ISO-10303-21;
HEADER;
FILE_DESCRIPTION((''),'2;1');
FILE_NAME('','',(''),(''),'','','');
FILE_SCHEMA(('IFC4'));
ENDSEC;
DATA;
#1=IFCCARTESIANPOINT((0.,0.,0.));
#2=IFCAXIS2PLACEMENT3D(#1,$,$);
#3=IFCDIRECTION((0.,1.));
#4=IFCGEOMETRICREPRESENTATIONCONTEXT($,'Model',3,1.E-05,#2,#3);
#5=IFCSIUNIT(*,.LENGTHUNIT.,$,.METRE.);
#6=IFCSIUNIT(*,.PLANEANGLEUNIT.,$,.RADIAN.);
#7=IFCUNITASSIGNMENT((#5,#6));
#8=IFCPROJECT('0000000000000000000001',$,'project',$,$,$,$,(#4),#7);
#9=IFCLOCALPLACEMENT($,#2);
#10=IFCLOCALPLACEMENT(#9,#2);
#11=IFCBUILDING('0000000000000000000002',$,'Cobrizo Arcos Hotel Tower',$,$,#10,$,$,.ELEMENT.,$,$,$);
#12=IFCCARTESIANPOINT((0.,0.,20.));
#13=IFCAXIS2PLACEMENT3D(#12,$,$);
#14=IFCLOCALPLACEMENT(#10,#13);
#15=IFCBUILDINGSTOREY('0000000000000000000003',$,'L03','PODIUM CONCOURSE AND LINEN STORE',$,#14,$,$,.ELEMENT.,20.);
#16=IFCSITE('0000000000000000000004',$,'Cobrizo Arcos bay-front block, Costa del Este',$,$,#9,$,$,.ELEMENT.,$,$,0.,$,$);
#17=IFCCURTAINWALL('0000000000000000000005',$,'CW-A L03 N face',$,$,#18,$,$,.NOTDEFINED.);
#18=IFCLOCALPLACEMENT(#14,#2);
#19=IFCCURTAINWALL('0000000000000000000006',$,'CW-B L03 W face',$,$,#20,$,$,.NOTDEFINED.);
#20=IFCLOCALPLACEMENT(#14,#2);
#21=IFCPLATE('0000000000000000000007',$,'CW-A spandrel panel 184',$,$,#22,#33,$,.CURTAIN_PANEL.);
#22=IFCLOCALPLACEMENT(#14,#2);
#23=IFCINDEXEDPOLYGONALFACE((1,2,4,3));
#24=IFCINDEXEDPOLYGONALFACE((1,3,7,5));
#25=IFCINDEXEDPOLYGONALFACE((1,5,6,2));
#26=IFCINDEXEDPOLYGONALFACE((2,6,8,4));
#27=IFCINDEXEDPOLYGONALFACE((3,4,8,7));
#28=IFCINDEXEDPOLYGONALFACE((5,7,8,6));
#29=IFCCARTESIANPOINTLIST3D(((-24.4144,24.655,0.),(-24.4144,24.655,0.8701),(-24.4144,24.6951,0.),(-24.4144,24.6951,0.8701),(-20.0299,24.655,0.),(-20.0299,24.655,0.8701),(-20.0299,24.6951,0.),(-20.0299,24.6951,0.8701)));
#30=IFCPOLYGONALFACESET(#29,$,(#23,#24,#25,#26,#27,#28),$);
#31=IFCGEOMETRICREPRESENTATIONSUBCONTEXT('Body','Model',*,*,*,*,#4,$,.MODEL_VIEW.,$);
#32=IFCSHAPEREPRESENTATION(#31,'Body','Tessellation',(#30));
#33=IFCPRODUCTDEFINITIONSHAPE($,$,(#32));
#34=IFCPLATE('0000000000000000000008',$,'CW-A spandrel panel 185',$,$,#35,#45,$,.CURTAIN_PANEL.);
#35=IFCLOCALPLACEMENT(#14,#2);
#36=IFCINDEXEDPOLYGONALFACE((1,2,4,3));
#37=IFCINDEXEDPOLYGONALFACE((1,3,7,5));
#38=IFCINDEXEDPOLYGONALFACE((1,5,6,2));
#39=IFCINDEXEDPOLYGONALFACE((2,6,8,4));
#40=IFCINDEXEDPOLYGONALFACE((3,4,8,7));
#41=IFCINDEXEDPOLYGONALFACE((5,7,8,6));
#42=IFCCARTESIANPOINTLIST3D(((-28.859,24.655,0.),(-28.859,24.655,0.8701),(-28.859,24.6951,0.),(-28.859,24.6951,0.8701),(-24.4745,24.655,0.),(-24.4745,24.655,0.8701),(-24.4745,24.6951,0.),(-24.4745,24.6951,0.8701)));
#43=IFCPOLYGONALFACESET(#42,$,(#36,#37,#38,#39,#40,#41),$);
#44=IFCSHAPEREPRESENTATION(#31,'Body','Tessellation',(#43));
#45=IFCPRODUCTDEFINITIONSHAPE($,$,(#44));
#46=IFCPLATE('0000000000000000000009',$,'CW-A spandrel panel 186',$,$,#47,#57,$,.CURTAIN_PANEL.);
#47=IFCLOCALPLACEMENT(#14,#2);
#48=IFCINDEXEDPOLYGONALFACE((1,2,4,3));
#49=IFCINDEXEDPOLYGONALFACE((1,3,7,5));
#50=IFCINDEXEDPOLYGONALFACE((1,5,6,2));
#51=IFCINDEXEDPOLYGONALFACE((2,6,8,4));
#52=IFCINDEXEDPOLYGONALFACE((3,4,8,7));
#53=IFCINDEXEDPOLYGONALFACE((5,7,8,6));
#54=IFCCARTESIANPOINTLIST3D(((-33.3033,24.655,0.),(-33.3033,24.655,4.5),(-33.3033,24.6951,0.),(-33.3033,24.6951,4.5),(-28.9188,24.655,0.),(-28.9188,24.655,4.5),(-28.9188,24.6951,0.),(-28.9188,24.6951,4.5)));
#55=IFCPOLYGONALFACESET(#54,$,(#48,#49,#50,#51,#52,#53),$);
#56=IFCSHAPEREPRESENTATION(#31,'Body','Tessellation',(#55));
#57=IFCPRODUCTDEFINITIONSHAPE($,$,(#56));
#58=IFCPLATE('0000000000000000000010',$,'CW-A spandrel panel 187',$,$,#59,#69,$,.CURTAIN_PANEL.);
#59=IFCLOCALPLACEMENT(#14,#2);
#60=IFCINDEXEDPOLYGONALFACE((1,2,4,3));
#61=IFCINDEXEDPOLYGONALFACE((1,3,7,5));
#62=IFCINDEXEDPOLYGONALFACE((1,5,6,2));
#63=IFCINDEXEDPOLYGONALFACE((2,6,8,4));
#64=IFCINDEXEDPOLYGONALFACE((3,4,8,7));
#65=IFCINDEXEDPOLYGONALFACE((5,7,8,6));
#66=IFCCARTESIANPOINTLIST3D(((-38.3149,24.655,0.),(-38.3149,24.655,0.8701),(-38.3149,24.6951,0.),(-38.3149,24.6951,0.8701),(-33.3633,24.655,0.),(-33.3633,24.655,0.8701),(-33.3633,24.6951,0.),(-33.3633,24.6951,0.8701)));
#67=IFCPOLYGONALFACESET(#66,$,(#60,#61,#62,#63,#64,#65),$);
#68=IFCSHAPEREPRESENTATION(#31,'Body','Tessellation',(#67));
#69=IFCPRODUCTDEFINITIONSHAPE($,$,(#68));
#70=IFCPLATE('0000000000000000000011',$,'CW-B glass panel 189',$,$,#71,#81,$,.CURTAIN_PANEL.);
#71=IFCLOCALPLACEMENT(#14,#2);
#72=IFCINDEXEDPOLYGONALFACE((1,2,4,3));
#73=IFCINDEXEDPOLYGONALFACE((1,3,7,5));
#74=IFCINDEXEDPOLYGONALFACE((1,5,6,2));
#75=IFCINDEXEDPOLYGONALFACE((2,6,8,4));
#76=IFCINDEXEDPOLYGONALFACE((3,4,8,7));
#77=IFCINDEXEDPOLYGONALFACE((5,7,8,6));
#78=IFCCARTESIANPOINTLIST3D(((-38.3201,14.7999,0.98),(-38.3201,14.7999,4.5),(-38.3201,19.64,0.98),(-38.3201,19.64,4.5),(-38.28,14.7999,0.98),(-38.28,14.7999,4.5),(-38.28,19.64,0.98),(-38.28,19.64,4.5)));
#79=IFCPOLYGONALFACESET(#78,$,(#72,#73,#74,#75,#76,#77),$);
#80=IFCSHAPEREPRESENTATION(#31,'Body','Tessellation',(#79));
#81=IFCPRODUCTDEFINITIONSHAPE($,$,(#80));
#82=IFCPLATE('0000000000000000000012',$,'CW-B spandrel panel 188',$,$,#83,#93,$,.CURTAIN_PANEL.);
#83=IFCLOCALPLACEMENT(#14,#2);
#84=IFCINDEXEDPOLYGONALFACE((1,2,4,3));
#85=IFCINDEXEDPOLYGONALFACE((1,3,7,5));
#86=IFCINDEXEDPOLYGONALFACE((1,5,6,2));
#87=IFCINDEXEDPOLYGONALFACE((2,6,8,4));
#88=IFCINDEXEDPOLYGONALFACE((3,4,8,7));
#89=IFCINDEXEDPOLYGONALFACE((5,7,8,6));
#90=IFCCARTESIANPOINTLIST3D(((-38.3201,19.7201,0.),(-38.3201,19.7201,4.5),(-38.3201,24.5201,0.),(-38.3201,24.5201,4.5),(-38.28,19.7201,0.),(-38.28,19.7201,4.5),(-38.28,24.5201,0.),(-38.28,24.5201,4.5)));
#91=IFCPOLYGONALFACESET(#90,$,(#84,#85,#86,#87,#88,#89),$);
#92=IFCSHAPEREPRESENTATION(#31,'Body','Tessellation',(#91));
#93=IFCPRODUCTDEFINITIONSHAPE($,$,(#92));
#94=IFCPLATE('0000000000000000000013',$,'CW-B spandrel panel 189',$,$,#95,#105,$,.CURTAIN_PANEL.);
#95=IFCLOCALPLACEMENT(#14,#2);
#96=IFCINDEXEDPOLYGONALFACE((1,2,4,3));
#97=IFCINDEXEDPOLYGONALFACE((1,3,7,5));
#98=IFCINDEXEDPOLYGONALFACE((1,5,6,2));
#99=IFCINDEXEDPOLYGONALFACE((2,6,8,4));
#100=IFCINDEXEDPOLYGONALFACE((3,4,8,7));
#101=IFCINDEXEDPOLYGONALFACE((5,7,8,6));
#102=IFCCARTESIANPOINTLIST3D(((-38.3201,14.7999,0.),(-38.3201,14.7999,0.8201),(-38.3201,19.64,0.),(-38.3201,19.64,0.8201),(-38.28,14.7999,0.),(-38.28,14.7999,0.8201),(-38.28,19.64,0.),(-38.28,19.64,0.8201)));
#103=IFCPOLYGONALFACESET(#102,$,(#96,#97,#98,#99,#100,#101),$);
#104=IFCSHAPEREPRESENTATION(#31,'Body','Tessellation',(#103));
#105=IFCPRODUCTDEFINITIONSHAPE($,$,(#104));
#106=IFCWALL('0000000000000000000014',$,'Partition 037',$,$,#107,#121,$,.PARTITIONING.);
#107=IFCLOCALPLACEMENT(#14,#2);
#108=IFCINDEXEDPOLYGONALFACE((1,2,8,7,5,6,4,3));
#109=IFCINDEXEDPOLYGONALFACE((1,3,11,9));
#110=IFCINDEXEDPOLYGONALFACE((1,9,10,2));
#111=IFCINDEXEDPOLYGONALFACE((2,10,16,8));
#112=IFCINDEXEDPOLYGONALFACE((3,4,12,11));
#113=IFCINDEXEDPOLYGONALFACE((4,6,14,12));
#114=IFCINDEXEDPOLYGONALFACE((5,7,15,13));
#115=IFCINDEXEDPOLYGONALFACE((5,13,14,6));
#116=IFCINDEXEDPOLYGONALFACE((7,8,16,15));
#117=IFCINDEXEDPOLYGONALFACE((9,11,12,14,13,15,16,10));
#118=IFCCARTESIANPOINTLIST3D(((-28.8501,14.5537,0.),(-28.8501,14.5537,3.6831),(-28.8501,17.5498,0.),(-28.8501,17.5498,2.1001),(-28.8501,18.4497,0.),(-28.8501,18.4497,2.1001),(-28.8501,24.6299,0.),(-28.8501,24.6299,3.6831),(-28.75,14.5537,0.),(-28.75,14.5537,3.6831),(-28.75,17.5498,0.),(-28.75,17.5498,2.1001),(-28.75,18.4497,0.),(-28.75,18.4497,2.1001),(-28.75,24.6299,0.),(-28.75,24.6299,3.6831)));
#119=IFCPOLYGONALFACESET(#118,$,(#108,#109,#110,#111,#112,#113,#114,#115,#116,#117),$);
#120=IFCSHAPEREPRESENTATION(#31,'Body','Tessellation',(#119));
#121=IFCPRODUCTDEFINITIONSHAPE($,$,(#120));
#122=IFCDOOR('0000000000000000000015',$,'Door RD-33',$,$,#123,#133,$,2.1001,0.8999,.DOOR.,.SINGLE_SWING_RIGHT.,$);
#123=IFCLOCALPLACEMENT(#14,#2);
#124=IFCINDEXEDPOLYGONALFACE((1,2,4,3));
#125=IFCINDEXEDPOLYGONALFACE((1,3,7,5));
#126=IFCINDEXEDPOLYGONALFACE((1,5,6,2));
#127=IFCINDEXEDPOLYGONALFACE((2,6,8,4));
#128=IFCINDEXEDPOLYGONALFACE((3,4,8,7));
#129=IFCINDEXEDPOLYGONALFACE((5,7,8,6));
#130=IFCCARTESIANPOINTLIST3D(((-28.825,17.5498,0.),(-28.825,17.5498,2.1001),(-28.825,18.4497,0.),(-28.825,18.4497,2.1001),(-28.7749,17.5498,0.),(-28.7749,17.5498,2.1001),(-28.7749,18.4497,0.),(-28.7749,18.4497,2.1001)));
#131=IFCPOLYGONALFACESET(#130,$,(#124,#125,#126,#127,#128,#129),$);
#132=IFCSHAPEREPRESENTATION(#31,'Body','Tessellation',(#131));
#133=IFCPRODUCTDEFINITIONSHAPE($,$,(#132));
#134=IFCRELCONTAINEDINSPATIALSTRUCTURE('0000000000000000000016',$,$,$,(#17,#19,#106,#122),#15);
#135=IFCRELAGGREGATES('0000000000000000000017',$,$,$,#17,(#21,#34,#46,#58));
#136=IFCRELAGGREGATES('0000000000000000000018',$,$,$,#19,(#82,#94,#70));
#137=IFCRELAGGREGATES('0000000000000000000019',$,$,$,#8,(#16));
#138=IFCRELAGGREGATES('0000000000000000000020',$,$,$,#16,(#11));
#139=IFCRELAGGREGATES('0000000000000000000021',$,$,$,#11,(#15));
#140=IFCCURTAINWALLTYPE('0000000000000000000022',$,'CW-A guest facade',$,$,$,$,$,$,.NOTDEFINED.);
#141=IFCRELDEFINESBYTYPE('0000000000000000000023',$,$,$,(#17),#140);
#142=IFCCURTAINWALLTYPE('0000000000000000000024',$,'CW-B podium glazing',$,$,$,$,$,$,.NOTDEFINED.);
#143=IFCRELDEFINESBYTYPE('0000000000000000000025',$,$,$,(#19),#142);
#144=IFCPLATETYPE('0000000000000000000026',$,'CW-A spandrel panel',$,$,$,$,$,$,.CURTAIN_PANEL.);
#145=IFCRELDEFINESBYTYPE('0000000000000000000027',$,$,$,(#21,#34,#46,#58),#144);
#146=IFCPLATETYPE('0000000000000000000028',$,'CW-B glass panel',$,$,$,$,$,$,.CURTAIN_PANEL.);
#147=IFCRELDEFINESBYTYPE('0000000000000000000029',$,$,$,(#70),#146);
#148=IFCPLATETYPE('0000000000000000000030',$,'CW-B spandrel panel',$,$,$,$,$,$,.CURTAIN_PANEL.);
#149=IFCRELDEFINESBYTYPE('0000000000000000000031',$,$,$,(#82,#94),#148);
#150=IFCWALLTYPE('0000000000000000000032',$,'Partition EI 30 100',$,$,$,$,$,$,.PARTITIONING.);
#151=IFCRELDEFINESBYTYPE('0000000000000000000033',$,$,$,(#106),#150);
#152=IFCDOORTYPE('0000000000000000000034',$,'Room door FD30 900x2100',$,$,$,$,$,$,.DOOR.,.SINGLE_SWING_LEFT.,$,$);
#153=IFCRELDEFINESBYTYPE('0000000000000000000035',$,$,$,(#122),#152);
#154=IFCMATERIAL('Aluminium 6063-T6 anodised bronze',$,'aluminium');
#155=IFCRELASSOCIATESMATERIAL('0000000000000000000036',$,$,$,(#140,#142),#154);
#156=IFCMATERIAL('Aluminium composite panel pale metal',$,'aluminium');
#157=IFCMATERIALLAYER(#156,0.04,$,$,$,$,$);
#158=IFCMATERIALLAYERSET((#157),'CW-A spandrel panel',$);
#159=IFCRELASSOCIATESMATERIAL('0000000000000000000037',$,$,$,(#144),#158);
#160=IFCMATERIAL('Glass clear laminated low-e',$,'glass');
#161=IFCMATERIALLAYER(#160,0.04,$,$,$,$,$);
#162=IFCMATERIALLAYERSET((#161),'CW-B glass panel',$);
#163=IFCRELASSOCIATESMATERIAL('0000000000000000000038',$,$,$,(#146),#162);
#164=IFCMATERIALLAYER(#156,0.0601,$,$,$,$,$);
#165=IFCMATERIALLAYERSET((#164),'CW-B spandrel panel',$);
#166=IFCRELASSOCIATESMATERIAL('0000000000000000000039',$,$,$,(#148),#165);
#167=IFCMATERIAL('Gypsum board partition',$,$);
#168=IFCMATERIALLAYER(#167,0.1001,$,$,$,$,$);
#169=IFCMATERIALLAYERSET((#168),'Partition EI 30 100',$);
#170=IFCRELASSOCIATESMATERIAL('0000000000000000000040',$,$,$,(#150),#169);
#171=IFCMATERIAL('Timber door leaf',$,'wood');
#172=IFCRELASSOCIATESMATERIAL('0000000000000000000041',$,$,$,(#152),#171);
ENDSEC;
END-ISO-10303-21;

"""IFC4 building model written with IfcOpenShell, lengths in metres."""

from ifc_helpers import new_model, si_unit, direction, frame, frame_2d, origin, origin_2d, place, context, subcontext, project, spatial, rectangle, extrude, material, layer, layer_set, type_object, element, fill, aggregate, save


model = new_model("IFC4")

# Units and contexts
model_context = context("Model", 3, precision=1e-05, world=origin(), true_north=direction((0.0, 1.0)))
body_context = subcontext(model_context, "Body", "Model", "MODEL_VIEW")
ifc_project = project(units=[si_unit("LENGTHUNIT", "METRE"), si_unit("PLANEANGLEUNIT", "RADIAN")], contexts=[model_context])

# Site, building, storey
site_placement = place(None, origin())
site = spatial("IfcSite", under=ifc_project, at=site_placement, Name="Cobrizo Arcos bay-front block, Costa del Este", CompositionType="ELEMENT", RefElevation=0.0)
building_placement = place(site_placement, origin())
building = spatial("IfcBuilding", under=site, at=building_placement, Name="Cobrizo Arcos Hotel Tower", CompositionType="ELEMENT")
storey_placement = place(building_placement, frame((0.0, 0.0, 20.0)))
storey = spatial("IfcBuildingStorey", under=building, at=storey_placement, Name="L03", Description="PODIUM CONCOURSE AND LINEN STORE", CompositionType="ELEMENT", Elevation=20.0)

# Curtain walls
ifc_material_1 = material(Name="Aluminium 6063-T6 anodised bronze", Category="aluminium")
curtain_wall_type_1 = type_object("IfcCurtainWallType", Name="CW-A guest facade", PredefinedType="NOTDEFINED", material=ifc_material_1)
curtain_wall_1_placement = place(storey_placement, origin())
curtain_wall_1 = element("IfcCurtainWall", 1, at=curtain_wall_1_placement, inside=storey, type_object=curtain_wall_type_1, Name="CW-A L03 N face", PredefinedType="NOTDEFINED")
curtain_wall_type_2 = type_object("IfcCurtainWallType", Name="CW-B podium glazing", PredefinedType="NOTDEFINED", material=ifc_material_1)
curtain_wall_2_placement = place(storey_placement, origin())
curtain_wall_2 = element("IfcCurtainWall", 2, at=curtain_wall_2_placement, inside=storey, type_object=curtain_wall_type_2, Name="CW-B L03 W face", PredefinedType="NOTDEFINED")

# Plates
ifc_material_2 = material(Name="Glass clear laminated low-e", Category="glass")
ifc_material_3 = material(Name="Aluminium composite panel pale metal", Category="aluminium")
ifc_layer_1 = layer(ifc_material_3, 0.04)
ifc_layer_set_1 = layer_set([ifc_layer_1], Name="CW-A spandrel panel")
plate_type_1 = type_object("IfcPlateType", Name="CW-A spandrel panel", PredefinedType="CURTAIN_PANEL", material=ifc_layer_set_1)
plate_1_placement = place(storey_placement, frame((-22.2222, 24.675, 0.0), z_axis=(0.0, 0.0, 1.0), x_axis=(-1.0, 0.0, 0.0)))
plate_1 = element("IfcPlate", 3, at=plate_1_placement, type_object=plate_type_1, Name="CW-A spandrel panel 184", PredefinedType="CURTAIN_PANEL", context=body_context, shape_type="SweptSolid", body=[
    extrude(rectangle(XDim=4.3845, YDim=0.04, at=origin_2d()), origin(), (0.0, 0.0, 1.0), 0.8701),
])
plate_2_placement = place(storey_placement, frame((-26.6667, 24.675, 0.0), z_axis=(0.0, 0.0, 1.0), x_axis=(-1.0, 0.0, 0.0)))
plate_2 = element("IfcPlate", 4, at=plate_2_placement, type_object=plate_type_1, Name="CW-A spandrel panel 185", PredefinedType="CURTAIN_PANEL", context=body_context, shape_type="SweptSolid", body=[
    extrude(rectangle(XDim=4.3845, YDim=0.04, at=origin_2d()), origin(), (0.0, 0.0, 1.0), 0.8701),
])
plate_3_placement = place(storey_placement, frame((-31.1111, 24.675, 0.0), z_axis=(0.0, 0.0, 1.0), x_axis=(-1.0, 0.0, 0.0)))
plate_3 = element("IfcPlate", 5, at=plate_3_placement, type_object=plate_type_1, Name="CW-A spandrel panel 186", PredefinedType="CURTAIN_PANEL", context=body_context, shape_type="SweptSolid", body=[
    extrude(rectangle(XDim=4.3845, YDim=0.04, at=origin_2d()), origin(), (0.0, 0.0, 1.0), 4.5),
])
plate_4_placement = place(storey_placement, frame((-35.8391, 24.675, 0.0), z_axis=(0.0, 0.0, 1.0), x_axis=(-1.0, 0.0, 0.0)))
plate_4 = element("IfcPlate", 6, at=plate_4_placement, type_object=plate_type_1, Name="CW-A spandrel panel 187", PredefinedType="CURTAIN_PANEL", context=body_context, shape_type="SweptSolid", body=[
    extrude(rectangle(XDim=4.9517, YDim=0.04, at=origin_2d()), origin(), (0.0, 0.0, 1.0), 0.8701),
])
aggregate(curtain_wall_1, [plate_1, plate_2, plate_3, plate_4])
ifc_layer_2 = layer(ifc_material_2, 0.04)
ifc_layer_set_2 = layer_set([ifc_layer_2], Name="CW-B glass panel")
plate_type_2 = type_object("IfcPlateType", Name="CW-B glass panel", PredefinedType="CURTAIN_PANEL", material=ifc_layer_set_2)
plate_5_placement = place(storey_placement, frame((-38.3, 17.22, 0.98), z_axis=(0.0, 0.0, 1.0), x_axis=(0.0, -1.0, 0.0)))
plate_5 = element("IfcPlate", 7, at=plate_5_placement, type_object=plate_type_2, Name="CW-B glass panel 189", PredefinedType="CURTAIN_PANEL", context=body_context, shape_type="SweptSolid", body=[
    extrude(rectangle(XDim=4.8401, YDim=0.04, at=origin_2d()), origin(), (0.0, 0.0, 1.0), 3.52),
])
ifc_layer_3 = layer(ifc_material_3, 0.0601)
ifc_layer_set_3 = layer_set([ifc_layer_3], Name="CW-B spandrel panel")
plate_type_3 = type_object("IfcPlateType", Name="CW-B spandrel panel", PredefinedType="CURTAIN_PANEL", material=ifc_layer_set_3)
plate_6_placement = place(storey_placement, frame((-38.3, 22.1201, 0.0), z_axis=(0.0, 0.0, 1.0), x_axis=(0.0, -1.0, 0.0)))
plate_6 = element("IfcPlate", 8, at=plate_6_placement, type_object=plate_type_3, Name="CW-B spandrel panel 188", PredefinedType="CURTAIN_PANEL", context=body_context, shape_type="SweptSolid", body=[
    extrude(rectangle(XDim=4.8, YDim=0.04, at=origin_2d()), origin(), (0.0, 0.0, 1.0), 4.5),
])
plate_7_placement = place(storey_placement, frame((-38.3, 17.22, 0.0), z_axis=(0.0, 0.0, 1.0), x_axis=(0.0, -1.0, 0.0)))
plate_7 = element("IfcPlate", 9, at=plate_7_placement, type_object=plate_type_3, Name="CW-B spandrel panel 189", PredefinedType="CURTAIN_PANEL", context=body_context, shape_type="SweptSolid", body=[
    extrude(rectangle(XDim=4.8401, YDim=0.04, at=origin_2d()), origin(), (0.0, 0.0, 1.0), 0.8201),
])
aggregate(curtain_wall_2, [plate_6, plate_7, plate_5])

# Wall, opening, door
ifc_material_4 = material(Name="Gypsum board partition")
ifc_layer_4 = layer(ifc_material_4, 0.1001)
ifc_layer_set_4 = layer_set([ifc_layer_4], Name="Partition EI 30 100")
wall_type = type_object("IfcWallType", Name="Partition EI 30 100", PredefinedType="PARTITIONING", material=ifc_layer_set_4)
wall_placement = place(storey_placement, frame((-28.8, 14.5537, 0.0), z_axis=(0.0, 0.0, 1.0), x_axis=(0.0, 1.0, 0.0)))
wall = element("IfcWall", 10, at=wall_placement, inside=storey, type_object=wall_type, Name="Partition 037", PredefinedType="PARTITIONING", context=body_context, shape_type="SweptSolid", body=[
    extrude(rectangle(XDim=10.0762, YDim=0.1001, at=frame_2d((5.0381, 0.0))), origin(), (0.0, 0.0, 1.0), 3.6831),
])
opening_placement = place(wall_placement, frame((2.9961, 0.0, 0.0)))
opening = element("IfcOpeningElement", 11, at=opening_placement, cuts=wall, PredefinedType="OPENING", context=body_context, shape_type="SweptSolid", body=[
    extrude(rectangle(XDim=0.8999, YDim=2.1001, at=frame_2d((0.45, 1.05))), frame((0.0, 0.062, 0.0), z_axis=(0.0, -1.0, 0.0), x_axis=(1.0, 0.0, 0.0)), (0.0, 0.0, 1.0), 0.124),
])
ifc_material_5 = material(Name="Timber door leaf", Category="wood")
door_type = type_object("IfcDoorType", Name="Room door FD30 900x2100", OperationType="SINGLE_SWING_LEFT", PredefinedType="DOOR", material=ifc_material_5)
door_placement = place(opening_placement, origin())
door = element("IfcDoor", 12, at=door_placement, inside=storey, type_object=door_type, Name="Door RD-33", OperationType="SINGLE_SWING_RIGHT", OverallHeight=2.1001, OverallWidth=0.8999, PredefinedType="DOOR", context=body_context, shape_type="SweptSolid", body=[
    extrude(rectangle(XDim=0.8999, YDim=2.1001, at=frame_2d((0.45, 1.05))), frame((0.0, 0.0249, 0.0), z_axis=(0.0, -1.0, 0.0), x_axis=(1.0, 0.0, 0.0)), (0.0, 0.0, 1.0), 0.05),
])
fill(opening, door)

save(model, "model.ifc")
